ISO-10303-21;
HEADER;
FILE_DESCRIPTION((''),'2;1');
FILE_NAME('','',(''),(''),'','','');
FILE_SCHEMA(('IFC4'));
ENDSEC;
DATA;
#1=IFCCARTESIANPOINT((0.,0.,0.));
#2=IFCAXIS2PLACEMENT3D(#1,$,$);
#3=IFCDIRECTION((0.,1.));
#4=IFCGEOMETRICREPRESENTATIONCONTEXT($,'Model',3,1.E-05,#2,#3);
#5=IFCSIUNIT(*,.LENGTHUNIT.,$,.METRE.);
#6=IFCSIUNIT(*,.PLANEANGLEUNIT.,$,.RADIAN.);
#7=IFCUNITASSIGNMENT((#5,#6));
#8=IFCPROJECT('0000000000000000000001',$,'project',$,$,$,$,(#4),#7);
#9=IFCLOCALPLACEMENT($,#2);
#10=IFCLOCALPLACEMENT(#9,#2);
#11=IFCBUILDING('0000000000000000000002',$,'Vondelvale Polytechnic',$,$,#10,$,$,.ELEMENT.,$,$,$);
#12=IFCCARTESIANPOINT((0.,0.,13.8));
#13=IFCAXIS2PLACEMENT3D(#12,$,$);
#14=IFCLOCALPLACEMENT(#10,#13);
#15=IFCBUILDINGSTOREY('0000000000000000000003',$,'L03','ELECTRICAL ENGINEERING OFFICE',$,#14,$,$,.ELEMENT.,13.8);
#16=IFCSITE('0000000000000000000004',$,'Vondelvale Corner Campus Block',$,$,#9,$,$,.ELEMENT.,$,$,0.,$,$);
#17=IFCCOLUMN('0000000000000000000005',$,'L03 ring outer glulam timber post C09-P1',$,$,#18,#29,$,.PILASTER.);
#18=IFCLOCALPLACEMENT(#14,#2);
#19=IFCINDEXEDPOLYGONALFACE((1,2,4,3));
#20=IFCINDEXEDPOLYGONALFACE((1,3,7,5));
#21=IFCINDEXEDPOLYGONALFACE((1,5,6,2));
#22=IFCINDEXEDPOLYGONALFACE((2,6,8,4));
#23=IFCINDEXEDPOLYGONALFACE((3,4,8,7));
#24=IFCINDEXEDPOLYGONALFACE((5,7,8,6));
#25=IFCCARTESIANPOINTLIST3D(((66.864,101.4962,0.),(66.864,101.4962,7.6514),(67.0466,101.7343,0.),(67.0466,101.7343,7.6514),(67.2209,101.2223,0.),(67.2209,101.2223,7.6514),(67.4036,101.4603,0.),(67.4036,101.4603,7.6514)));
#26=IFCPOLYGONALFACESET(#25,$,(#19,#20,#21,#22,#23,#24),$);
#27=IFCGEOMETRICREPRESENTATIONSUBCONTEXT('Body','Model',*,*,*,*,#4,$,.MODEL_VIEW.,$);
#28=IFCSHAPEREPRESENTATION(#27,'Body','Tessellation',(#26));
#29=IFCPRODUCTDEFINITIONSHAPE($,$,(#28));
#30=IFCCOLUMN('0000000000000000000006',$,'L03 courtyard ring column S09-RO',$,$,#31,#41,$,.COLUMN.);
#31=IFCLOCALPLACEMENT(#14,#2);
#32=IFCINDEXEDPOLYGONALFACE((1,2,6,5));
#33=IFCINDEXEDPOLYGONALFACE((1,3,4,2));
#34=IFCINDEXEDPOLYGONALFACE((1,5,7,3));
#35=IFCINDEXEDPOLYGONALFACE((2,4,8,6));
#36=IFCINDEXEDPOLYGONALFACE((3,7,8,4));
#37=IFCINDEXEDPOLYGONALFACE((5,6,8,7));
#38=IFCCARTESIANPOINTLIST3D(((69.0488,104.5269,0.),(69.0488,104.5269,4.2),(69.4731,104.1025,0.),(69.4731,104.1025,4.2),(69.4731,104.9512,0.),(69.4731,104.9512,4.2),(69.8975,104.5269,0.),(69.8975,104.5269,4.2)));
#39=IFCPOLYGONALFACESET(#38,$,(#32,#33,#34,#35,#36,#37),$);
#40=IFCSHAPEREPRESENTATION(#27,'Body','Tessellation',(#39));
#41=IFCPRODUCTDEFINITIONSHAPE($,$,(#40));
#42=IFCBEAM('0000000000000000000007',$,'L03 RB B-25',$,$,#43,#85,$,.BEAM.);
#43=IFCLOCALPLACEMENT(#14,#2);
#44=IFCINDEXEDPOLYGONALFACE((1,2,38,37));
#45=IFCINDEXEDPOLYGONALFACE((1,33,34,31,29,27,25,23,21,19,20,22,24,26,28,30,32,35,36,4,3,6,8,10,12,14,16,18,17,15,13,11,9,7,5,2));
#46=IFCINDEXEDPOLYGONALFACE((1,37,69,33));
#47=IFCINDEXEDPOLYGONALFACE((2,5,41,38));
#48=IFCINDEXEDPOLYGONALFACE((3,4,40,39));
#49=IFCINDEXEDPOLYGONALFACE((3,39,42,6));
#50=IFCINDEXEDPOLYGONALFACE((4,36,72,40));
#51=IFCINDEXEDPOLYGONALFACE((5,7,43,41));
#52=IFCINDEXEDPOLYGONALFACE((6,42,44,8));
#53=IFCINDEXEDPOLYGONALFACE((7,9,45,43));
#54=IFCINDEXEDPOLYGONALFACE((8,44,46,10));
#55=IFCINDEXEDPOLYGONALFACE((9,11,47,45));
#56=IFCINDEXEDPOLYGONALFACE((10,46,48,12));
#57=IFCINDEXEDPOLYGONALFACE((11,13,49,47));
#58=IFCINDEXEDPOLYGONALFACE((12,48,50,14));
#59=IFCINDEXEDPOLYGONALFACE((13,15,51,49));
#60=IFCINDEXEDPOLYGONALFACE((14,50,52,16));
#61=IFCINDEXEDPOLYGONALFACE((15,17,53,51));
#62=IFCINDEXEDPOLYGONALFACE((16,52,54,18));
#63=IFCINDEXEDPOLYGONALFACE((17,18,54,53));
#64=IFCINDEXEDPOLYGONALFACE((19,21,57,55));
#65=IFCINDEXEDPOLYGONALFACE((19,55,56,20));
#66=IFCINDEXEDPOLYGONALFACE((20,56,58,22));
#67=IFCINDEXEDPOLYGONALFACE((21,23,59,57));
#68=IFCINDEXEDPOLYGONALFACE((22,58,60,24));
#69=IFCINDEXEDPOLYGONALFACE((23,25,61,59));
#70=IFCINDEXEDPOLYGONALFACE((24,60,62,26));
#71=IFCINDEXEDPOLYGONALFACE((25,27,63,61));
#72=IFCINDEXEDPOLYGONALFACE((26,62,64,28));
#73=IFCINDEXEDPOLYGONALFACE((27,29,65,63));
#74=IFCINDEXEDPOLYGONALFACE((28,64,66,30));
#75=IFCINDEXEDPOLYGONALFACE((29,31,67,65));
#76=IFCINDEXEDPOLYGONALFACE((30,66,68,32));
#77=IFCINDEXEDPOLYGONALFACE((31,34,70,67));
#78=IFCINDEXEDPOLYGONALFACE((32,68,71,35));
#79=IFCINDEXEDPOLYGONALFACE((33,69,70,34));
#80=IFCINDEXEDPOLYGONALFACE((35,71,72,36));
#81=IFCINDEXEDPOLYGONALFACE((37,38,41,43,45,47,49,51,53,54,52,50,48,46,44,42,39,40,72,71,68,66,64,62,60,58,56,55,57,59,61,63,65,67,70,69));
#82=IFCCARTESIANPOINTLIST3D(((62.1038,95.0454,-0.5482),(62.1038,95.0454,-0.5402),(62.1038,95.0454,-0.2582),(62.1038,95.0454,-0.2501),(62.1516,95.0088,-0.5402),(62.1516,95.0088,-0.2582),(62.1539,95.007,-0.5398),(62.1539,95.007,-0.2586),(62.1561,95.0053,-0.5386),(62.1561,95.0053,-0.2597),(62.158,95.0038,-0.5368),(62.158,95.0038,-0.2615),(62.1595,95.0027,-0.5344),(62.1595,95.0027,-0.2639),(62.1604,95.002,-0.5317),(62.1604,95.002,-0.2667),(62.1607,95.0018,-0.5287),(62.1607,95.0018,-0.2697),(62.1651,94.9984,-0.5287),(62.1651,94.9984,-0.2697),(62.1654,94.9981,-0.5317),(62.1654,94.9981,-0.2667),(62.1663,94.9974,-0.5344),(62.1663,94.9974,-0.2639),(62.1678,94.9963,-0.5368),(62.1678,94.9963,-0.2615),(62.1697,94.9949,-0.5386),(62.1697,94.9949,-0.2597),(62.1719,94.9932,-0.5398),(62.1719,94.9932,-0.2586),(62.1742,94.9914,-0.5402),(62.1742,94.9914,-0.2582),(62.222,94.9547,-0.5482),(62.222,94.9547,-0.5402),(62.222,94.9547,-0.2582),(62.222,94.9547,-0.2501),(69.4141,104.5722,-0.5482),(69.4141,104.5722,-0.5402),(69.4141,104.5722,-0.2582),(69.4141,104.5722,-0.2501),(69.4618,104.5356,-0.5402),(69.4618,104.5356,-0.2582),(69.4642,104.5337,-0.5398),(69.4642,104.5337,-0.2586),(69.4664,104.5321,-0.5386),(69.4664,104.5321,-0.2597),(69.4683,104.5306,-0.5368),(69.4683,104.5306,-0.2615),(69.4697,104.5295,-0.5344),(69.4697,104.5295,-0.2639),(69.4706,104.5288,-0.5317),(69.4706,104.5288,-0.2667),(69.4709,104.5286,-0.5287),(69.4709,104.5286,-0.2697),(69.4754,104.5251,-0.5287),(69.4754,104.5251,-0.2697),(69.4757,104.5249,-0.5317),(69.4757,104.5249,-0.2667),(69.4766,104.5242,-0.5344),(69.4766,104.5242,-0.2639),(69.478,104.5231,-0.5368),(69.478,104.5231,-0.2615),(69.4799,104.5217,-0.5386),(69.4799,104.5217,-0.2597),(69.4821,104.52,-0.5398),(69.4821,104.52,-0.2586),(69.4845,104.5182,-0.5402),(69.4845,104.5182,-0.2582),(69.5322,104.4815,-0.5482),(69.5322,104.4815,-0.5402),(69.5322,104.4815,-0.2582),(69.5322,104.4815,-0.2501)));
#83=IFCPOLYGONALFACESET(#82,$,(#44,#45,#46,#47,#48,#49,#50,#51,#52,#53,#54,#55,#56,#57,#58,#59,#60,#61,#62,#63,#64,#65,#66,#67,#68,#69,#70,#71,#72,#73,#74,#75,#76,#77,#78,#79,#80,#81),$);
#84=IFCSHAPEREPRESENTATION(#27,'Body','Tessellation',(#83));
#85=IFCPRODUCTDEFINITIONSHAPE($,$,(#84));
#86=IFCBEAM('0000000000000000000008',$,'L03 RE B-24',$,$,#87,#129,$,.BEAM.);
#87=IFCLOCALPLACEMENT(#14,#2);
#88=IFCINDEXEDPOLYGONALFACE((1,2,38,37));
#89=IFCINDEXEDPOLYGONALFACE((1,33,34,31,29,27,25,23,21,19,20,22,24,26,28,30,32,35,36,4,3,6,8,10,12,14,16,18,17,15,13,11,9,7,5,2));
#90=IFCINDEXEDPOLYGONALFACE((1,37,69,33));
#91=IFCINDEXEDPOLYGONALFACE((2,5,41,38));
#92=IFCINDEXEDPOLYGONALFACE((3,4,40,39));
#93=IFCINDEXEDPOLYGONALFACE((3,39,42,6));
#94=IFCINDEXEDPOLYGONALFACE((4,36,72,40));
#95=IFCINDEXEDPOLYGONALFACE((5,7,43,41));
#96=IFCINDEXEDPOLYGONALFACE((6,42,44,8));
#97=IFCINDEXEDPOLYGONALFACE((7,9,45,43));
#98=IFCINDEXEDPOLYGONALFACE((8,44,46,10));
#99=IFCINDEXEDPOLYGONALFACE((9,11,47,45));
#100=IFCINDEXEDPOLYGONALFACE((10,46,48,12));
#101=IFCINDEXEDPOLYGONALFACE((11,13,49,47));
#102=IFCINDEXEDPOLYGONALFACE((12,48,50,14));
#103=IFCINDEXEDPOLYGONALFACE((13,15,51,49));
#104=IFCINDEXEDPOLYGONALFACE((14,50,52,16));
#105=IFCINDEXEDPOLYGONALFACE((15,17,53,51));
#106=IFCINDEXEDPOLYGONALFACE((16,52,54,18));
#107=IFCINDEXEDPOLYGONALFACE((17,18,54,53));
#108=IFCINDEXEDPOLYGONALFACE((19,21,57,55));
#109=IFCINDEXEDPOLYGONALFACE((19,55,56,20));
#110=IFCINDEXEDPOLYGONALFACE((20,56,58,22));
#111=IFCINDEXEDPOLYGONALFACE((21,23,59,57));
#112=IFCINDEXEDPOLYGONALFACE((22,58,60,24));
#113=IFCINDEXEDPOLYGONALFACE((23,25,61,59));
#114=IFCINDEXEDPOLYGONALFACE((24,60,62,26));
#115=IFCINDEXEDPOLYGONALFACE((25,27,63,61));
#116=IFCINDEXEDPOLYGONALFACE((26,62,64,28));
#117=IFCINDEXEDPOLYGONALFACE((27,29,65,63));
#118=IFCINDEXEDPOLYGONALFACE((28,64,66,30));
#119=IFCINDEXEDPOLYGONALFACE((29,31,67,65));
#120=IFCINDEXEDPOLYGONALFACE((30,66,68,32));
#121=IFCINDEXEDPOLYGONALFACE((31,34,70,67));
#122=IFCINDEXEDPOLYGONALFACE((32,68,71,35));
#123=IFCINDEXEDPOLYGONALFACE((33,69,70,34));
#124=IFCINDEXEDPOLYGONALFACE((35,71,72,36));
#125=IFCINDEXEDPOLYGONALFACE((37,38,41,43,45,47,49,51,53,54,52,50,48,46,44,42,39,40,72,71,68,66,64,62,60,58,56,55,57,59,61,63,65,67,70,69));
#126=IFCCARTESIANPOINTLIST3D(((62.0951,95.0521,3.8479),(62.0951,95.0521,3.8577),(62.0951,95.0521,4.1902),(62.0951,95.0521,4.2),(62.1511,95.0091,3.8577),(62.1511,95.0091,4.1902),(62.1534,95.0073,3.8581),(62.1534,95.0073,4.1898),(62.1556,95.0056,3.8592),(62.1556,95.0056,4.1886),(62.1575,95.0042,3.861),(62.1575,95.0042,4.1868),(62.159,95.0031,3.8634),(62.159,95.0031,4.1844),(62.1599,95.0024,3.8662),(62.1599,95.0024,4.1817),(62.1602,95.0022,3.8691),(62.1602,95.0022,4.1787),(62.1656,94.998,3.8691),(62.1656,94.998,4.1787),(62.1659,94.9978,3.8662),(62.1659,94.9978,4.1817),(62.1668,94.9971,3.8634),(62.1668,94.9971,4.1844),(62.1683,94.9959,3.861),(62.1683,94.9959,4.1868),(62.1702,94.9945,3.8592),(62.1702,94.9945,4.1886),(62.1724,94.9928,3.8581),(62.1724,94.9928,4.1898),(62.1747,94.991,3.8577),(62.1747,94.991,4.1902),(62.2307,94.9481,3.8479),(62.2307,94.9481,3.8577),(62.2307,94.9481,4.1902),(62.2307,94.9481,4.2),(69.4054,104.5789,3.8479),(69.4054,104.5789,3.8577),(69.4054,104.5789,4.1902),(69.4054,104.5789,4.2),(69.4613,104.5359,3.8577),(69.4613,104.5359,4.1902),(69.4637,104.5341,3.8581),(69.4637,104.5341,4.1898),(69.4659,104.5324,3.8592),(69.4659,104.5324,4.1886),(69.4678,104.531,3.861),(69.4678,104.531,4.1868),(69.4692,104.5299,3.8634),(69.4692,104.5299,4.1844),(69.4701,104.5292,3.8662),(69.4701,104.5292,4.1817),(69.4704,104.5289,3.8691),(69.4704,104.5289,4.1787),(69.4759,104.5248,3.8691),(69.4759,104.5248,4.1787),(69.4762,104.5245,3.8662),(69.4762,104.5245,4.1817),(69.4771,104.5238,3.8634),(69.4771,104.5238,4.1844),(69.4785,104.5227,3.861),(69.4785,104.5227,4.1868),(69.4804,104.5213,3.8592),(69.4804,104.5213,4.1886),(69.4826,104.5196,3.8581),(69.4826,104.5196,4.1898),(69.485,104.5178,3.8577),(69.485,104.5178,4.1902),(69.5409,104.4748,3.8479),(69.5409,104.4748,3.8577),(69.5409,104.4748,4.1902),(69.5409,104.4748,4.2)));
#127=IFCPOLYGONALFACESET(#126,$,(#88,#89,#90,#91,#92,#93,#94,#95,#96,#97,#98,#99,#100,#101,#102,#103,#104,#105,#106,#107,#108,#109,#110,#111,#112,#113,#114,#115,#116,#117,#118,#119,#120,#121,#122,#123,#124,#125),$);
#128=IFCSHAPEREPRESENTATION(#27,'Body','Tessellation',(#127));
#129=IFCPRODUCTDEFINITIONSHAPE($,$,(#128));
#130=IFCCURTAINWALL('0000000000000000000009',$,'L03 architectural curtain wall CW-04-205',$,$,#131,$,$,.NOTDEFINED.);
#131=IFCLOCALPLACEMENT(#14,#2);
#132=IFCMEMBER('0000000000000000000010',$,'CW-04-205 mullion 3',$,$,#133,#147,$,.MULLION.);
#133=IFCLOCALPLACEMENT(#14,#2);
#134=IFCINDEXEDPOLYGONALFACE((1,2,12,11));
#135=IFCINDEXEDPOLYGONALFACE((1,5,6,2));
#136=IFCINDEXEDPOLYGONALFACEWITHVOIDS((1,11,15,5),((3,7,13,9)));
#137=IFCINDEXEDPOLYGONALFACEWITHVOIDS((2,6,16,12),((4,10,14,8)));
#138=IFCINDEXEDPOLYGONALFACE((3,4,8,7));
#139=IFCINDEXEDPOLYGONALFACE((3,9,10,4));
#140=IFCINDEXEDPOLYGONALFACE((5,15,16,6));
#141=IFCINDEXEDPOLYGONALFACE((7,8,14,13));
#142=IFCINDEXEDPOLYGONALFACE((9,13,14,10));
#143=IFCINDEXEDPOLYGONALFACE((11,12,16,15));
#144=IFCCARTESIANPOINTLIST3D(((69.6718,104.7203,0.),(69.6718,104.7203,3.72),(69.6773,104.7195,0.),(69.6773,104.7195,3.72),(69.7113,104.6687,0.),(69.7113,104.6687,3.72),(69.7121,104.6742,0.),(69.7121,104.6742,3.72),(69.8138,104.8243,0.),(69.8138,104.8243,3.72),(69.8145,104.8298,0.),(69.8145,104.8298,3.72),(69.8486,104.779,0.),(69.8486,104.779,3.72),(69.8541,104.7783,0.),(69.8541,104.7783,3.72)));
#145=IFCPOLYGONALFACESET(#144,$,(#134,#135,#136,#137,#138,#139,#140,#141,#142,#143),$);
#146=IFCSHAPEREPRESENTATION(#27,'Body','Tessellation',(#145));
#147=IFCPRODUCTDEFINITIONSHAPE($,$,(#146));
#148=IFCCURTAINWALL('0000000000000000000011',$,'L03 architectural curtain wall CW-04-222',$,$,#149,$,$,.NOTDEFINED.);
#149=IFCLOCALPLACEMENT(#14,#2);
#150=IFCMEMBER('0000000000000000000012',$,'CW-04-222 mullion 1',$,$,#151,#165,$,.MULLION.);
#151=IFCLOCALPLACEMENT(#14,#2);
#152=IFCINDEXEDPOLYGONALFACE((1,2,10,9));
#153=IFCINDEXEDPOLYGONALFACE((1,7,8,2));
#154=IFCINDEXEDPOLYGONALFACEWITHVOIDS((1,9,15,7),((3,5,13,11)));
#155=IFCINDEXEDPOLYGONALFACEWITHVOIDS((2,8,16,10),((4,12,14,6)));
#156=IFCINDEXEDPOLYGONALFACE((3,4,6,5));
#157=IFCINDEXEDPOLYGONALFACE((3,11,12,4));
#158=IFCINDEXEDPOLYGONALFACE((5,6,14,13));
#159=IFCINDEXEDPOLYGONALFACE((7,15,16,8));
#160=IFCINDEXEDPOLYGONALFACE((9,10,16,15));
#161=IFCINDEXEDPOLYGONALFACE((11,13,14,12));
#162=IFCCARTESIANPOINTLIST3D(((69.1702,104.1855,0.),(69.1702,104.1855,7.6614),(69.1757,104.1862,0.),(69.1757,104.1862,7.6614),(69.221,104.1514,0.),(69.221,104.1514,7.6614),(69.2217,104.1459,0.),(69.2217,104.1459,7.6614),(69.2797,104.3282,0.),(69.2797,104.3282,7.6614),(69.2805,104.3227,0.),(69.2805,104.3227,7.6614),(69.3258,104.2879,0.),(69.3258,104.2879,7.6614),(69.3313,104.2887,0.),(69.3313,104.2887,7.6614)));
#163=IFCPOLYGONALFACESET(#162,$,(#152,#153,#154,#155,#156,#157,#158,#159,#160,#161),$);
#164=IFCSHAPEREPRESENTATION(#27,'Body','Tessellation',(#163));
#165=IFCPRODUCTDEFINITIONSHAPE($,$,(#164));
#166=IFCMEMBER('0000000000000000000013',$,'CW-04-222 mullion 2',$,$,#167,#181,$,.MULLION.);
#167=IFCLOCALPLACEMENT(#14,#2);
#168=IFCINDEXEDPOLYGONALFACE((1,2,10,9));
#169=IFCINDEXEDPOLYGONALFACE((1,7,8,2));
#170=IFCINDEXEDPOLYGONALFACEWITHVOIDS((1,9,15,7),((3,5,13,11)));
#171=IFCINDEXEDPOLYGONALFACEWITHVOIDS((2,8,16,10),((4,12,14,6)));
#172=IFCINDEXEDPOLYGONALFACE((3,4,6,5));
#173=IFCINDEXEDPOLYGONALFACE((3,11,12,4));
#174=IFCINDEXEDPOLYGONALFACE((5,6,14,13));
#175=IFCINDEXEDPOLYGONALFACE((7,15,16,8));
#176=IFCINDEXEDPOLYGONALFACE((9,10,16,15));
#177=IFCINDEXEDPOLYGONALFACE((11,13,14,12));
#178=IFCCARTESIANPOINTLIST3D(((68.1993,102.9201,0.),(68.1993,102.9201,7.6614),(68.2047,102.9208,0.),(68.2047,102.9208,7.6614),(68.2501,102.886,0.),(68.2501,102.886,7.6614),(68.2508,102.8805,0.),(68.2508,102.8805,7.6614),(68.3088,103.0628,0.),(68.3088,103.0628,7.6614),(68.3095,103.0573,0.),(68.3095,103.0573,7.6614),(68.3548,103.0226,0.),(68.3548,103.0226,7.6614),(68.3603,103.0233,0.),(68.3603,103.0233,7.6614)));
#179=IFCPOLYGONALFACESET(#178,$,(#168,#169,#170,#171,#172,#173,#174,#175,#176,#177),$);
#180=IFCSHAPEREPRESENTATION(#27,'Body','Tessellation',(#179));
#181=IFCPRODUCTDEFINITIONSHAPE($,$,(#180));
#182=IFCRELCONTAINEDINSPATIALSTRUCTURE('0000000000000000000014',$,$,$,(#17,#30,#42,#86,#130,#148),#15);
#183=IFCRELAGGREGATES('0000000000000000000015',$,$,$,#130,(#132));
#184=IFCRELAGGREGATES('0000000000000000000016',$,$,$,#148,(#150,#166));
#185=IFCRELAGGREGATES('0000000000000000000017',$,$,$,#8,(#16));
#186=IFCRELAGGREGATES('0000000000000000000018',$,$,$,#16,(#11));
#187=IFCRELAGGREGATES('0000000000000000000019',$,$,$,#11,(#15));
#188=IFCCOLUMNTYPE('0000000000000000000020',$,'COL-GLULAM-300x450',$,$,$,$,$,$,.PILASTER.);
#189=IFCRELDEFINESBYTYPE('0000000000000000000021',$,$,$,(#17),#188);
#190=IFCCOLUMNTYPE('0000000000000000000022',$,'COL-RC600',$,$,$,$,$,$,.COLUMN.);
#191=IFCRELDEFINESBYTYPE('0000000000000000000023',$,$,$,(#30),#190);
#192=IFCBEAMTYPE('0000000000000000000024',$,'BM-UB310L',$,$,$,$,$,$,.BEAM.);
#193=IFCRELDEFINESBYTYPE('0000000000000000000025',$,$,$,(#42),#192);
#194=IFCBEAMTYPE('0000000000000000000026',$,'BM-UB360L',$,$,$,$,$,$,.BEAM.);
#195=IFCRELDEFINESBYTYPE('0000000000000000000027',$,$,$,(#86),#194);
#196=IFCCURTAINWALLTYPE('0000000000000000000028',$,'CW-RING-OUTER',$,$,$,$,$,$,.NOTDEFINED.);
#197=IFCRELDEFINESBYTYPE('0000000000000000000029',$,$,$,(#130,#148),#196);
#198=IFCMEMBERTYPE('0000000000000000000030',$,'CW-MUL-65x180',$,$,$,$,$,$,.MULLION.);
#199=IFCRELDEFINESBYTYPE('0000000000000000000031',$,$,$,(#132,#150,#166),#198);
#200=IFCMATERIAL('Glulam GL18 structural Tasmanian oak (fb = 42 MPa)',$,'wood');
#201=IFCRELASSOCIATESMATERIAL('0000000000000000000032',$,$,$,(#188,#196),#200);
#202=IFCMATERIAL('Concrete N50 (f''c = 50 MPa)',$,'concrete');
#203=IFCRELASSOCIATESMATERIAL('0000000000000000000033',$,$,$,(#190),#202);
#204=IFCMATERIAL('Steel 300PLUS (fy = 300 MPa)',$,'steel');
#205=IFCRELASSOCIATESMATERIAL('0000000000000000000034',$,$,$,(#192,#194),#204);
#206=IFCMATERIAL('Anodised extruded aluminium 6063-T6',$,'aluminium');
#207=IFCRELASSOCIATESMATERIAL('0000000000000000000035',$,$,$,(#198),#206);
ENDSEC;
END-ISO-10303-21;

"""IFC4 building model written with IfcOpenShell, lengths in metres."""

from ifc_helpers import new_model, si_unit, direction, frame, origin, origin_2d, place, context, subcontext, project, spatial, rectangle, hollow_rectangle, i_section, extrude, material, material_profile, profile_set, type_object, element, aggregate, save


model = new_model("IFC4")

# Units and contexts
model_context = context("Model", 3, precision=1e-05, world=origin(), true_north=direction((0.0, 1.0)))
body_context = subcontext(model_context, "Body", "Model", "MODEL_VIEW")
ifc_project = project(units=[si_unit("LENGTHUNIT", "METRE"), si_unit("PLANEANGLEUNIT", "RADIAN")], contexts=[model_context])

# Site, building, storey
site_placement = place(None, origin())
site = spatial("IfcSite", under=ifc_project, at=site_placement, Name="Vondelvale Corner Campus Block", CompositionType="ELEMENT", RefElevation=0.0)
building_placement = place(site_placement, origin())
building = spatial("IfcBuilding", under=site, at=building_placement, Name="Vondelvale Polytechnic", CompositionType="ELEMENT")
storey_placement = place(building_placement, frame((0.0, 0.0, 13.8)))
storey = spatial("IfcBuildingStorey", under=building, at=storey_placement, Name="L03", Description="ELECTRICAL ENGINEERING OFFICE", CompositionType="ELEMENT", Elevation=13.8)

# Columns
ifc_material_1 = material(Name="Glulam GL18 structural Tasmanian oak (fb = 42 MPa)", Category="wood")
ifc_material_profile_1 = material_profile(ifc_material_1, rectangle(XDim=0.3, YDim=0.45, at=origin_2d()), Name="GL-POST-300x450")
ifc_profile_set_1 = profile_set([ifc_material_profile_1], Name="Glulam GL18 structural Tasmanian oak (fb = 42 MPa)")
column_type_1 = type_object("IfcColumnType", Name="COL-GLULAM-300x450", PredefinedType="PILASTER", material=ifc_profile_set_1)
column_1_placement = place(storey_placement, frame((67.1338, 101.4783, 0.0), z_axis=(0.0, 0.0, 1.0), x_axis=(0.608761, 0.793353, 0.0)))
element("IfcColumn", 1, at=column_1_placement, inside=storey, type_object=column_type_1, Name="L03 ring outer glulam timber post C09-P1", PredefinedType="PILASTER", context=body_context, shape_type="SweptSolid", body=[
    extrude(rectangle(XDim=0.3, YDim=0.45, at=origin_2d()), origin(), (0.0, 0.0, 1.0), 7.6514),
])
ifc_material_2 = material(Name="Concrete N50 (f'c = 50 MPa)", Category="concrete")
ifc_material_profile_2 = material_profile(ifc_material_2, rectangle(XDim=0.6001, YDim=0.6001, at=origin_2d()), Name="RC-COL-600x600")
ifc_profile_set_2 = profile_set([ifc_material_profile_2], Name="Concrete N50 (f'c = 50 MPa)")
column_type_2 = type_object("IfcColumnType", Name="COL-RC600", PredefinedType="COLUMN", material=ifc_profile_set_2)
column_2_placement = place(storey_placement, frame((69.4731, 104.5269, 0.0), z_axis=(0.0, 0.0, 1.0), x_axis=(-0.707107, 0.707107, 0.0)))
element("IfcColumn", 2, at=column_2_placement, inside=storey, type_object=column_type_2, Name="L03 courtyard ring column S09-RO", PredefinedType="COLUMN", context=body_context, shape_type="SweptSolid", body=[
    extrude(rectangle(XDim=0.6001, YDim=0.6001, at=origin_2d()), origin(), (0.0, 0.0, 1.0), 4.2),
])

# Beams
ifc_material_3 = material(Name="Steel 300PLUS (fy = 300 MPa)", Category="steel")
ifc_material_profile_3 = material_profile(ifc_material_3, i_section(OverallWidth=0.1489, OverallDepth=0.2981, WebThickness=0.0056, FlangeThickness=0.0081, FilletRadius=0.0115, at=origin_2d()), Name="310UB32.0")
ifc_profile_set_3 = profile_set([ifc_material_profile_3], Name="Steel 300PLUS (fy = 300 MPa)")
beam_type_1 = type_object("IfcBeamType", Name="BM-UB310L", PredefinedType="BEAM", material=ifc_profile_set_3)
beam_1_placement = place(storey_placement, frame((69.4731, 104.5269, -0.3992), z_axis=(-0.608766, -0.79335, 0.0), x_axis=(0.79335, -0.608766, 0.0)))
element("IfcBeam", 3, at=beam_1_placement, inside=storey, type_object=beam_type_1, Name="L03 RB B-25", PredefinedType="BEAM", context=body_context, shape_type="SweptSolid", body=[
    extrude(i_section(OverallWidth=0.1489, OverallDepth=0.2981, WebThickness=0.0056, FlangeThickness=0.0081, FilletRadius=0.0115, at=origin_2d()), origin(), (0.0, 0.0, 1.0), 12.0083),
])
ifc_material_profile_4 = material_profile(ifc_material_3, i_section(OverallWidth=0.1709, OverallDepth=0.3521, WebThickness=0.0068, FlangeThickness=0.0098, FilletRadius=0.0115, at=origin_2d()), Name="360UB44.7")
ifc_profile_set_4 = profile_set([ifc_material_profile_4], Name="Steel 300PLUS (fy = 300 MPa)")
beam_type_2 = type_object("IfcBeamType", Name="BM-UB360L", PredefinedType="BEAM", material=ifc_profile_set_4)
beam_2_placement = place(storey_placement, frame((69.4731, 104.5269, 4.0239), z_axis=(-0.608766, -0.79335, 0.0), x_axis=(0.79335, -0.608766, 0.0)))
element("IfcBeam", 4, at=beam_2_placement, inside=storey, type_object=beam_type_2, Name="L03 RE B-24", PredefinedType="BEAM", context=body_context, shape_type="SweptSolid", body=[
    extrude(i_section(OverallWidth=0.1709, OverallDepth=0.3521, WebThickness=0.0068, FlangeThickness=0.0098, FilletRadius=0.0115, at=origin_2d()), origin(), (0.0, 0.0, 1.0), 12.0083),
])

# Curtain wall, member
curtain_wall_type = type_object("IfcCurtainWallType", Name="CW-RING-OUTER", PredefinedType="NOTDEFINED", material=ifc_material_1)
curtain_wall_1_placement = place(storey_placement, origin())
curtain_wall_1 = element("IfcCurtainWall", 5, at=curtain_wall_1_placement, inside=storey, type_object=curtain_wall_type, Name="L03 architectural curtain wall CW-04-205", PredefinedType="NOTDEFINED")
ifc_material_4 = material(Name="Anodised extruded aluminium 6063-T6", Category="aluminium")
ifc_material_profile_5 = material_profile(ifc_material_4, hollow_rectangle(XDim=0.0649, YDim=0.1799, WallThickness=0.0039, at=origin_2d()), Name="CW-MUL-180x65")
ifc_profile_set_5 = profile_set([ifc_material_profile_5], Name="Anodised extruded aluminium 6063-T6")
member_type_1 = type_object("IfcMemberType", Name="CW-MUL-65x180", PredefinedType="MULLION", material=ifc_profile_set_5)
member_1_placement = place(storey_placement, frame((69.7629, 104.7493, 0.0), z_axis=(0.0, 0.0, 1.0), x_axis=(0.608787, -0.793334, 0.0)))
member_1 = element("IfcMember", 6, at=member_1_placement, type_object=member_type_1, Name="CW-04-205 mullion 3", PredefinedType="MULLION", context=body_context, shape_type="SweptSolid", body=[
    extrude(hollow_rectangle(XDim=0.0649, YDim=0.1799, WallThickness=0.0039, at=origin_2d()), origin(), (0.0, 0.0, 1.0), 3.72),
])

# Curtain wall, members
curtain_wall_2_placement = place(storey_placement, origin())
curtain_wall_2 = element("IfcCurtainWall", 7, at=curtain_wall_2_placement, inside=storey, type_object=curtain_wall_type, Name="L03 architectural curtain wall CW-04-222", PredefinedType="NOTDEFINED")
member_2_placement = place(storey_placement, frame((69.2507, 104.2371, 0.0), z_axis=(0.0, 0.0, 1.0), x_axis=(0.793334, -0.608787, 0.0)))
member_2 = element("IfcMember", 8, at=member_2_placement, type_object=member_type_1, Name="CW-04-222 mullion 1", PredefinedType="MULLION", context=body_context, shape_type="SweptSolid", body=[
    extrude(hollow_rectangle(XDim=0.0649, YDim=0.1799, WallThickness=0.0039, at=origin_2d()), origin(), (0.0, 0.0, 1.0), 7.6614),
])
member_3_placement = place(storey_placement, frame((68.2798, 102.9717, 0.0), z_axis=(0.0, 0.0, 1.0), x_axis=(0.793334, -0.608787, 0.0)))
member_3 = element("IfcMember", 9, at=member_3_placement, type_object=member_type_1, Name="CW-04-222 mullion 2", PredefinedType="MULLION", context=body_context, shape_type="SweptSolid", body=[
    extrude(hollow_rectangle(XDim=0.0649, YDim=0.1799, WallThickness=0.0039, at=origin_2d()), origin(), (0.0, 0.0, 1.0), 7.6614),
])

aggregate(curtain_wall_1, [member_1])
aggregate(curtain_wall_2, [member_2, member_3])

save(model, "model.ifc")
